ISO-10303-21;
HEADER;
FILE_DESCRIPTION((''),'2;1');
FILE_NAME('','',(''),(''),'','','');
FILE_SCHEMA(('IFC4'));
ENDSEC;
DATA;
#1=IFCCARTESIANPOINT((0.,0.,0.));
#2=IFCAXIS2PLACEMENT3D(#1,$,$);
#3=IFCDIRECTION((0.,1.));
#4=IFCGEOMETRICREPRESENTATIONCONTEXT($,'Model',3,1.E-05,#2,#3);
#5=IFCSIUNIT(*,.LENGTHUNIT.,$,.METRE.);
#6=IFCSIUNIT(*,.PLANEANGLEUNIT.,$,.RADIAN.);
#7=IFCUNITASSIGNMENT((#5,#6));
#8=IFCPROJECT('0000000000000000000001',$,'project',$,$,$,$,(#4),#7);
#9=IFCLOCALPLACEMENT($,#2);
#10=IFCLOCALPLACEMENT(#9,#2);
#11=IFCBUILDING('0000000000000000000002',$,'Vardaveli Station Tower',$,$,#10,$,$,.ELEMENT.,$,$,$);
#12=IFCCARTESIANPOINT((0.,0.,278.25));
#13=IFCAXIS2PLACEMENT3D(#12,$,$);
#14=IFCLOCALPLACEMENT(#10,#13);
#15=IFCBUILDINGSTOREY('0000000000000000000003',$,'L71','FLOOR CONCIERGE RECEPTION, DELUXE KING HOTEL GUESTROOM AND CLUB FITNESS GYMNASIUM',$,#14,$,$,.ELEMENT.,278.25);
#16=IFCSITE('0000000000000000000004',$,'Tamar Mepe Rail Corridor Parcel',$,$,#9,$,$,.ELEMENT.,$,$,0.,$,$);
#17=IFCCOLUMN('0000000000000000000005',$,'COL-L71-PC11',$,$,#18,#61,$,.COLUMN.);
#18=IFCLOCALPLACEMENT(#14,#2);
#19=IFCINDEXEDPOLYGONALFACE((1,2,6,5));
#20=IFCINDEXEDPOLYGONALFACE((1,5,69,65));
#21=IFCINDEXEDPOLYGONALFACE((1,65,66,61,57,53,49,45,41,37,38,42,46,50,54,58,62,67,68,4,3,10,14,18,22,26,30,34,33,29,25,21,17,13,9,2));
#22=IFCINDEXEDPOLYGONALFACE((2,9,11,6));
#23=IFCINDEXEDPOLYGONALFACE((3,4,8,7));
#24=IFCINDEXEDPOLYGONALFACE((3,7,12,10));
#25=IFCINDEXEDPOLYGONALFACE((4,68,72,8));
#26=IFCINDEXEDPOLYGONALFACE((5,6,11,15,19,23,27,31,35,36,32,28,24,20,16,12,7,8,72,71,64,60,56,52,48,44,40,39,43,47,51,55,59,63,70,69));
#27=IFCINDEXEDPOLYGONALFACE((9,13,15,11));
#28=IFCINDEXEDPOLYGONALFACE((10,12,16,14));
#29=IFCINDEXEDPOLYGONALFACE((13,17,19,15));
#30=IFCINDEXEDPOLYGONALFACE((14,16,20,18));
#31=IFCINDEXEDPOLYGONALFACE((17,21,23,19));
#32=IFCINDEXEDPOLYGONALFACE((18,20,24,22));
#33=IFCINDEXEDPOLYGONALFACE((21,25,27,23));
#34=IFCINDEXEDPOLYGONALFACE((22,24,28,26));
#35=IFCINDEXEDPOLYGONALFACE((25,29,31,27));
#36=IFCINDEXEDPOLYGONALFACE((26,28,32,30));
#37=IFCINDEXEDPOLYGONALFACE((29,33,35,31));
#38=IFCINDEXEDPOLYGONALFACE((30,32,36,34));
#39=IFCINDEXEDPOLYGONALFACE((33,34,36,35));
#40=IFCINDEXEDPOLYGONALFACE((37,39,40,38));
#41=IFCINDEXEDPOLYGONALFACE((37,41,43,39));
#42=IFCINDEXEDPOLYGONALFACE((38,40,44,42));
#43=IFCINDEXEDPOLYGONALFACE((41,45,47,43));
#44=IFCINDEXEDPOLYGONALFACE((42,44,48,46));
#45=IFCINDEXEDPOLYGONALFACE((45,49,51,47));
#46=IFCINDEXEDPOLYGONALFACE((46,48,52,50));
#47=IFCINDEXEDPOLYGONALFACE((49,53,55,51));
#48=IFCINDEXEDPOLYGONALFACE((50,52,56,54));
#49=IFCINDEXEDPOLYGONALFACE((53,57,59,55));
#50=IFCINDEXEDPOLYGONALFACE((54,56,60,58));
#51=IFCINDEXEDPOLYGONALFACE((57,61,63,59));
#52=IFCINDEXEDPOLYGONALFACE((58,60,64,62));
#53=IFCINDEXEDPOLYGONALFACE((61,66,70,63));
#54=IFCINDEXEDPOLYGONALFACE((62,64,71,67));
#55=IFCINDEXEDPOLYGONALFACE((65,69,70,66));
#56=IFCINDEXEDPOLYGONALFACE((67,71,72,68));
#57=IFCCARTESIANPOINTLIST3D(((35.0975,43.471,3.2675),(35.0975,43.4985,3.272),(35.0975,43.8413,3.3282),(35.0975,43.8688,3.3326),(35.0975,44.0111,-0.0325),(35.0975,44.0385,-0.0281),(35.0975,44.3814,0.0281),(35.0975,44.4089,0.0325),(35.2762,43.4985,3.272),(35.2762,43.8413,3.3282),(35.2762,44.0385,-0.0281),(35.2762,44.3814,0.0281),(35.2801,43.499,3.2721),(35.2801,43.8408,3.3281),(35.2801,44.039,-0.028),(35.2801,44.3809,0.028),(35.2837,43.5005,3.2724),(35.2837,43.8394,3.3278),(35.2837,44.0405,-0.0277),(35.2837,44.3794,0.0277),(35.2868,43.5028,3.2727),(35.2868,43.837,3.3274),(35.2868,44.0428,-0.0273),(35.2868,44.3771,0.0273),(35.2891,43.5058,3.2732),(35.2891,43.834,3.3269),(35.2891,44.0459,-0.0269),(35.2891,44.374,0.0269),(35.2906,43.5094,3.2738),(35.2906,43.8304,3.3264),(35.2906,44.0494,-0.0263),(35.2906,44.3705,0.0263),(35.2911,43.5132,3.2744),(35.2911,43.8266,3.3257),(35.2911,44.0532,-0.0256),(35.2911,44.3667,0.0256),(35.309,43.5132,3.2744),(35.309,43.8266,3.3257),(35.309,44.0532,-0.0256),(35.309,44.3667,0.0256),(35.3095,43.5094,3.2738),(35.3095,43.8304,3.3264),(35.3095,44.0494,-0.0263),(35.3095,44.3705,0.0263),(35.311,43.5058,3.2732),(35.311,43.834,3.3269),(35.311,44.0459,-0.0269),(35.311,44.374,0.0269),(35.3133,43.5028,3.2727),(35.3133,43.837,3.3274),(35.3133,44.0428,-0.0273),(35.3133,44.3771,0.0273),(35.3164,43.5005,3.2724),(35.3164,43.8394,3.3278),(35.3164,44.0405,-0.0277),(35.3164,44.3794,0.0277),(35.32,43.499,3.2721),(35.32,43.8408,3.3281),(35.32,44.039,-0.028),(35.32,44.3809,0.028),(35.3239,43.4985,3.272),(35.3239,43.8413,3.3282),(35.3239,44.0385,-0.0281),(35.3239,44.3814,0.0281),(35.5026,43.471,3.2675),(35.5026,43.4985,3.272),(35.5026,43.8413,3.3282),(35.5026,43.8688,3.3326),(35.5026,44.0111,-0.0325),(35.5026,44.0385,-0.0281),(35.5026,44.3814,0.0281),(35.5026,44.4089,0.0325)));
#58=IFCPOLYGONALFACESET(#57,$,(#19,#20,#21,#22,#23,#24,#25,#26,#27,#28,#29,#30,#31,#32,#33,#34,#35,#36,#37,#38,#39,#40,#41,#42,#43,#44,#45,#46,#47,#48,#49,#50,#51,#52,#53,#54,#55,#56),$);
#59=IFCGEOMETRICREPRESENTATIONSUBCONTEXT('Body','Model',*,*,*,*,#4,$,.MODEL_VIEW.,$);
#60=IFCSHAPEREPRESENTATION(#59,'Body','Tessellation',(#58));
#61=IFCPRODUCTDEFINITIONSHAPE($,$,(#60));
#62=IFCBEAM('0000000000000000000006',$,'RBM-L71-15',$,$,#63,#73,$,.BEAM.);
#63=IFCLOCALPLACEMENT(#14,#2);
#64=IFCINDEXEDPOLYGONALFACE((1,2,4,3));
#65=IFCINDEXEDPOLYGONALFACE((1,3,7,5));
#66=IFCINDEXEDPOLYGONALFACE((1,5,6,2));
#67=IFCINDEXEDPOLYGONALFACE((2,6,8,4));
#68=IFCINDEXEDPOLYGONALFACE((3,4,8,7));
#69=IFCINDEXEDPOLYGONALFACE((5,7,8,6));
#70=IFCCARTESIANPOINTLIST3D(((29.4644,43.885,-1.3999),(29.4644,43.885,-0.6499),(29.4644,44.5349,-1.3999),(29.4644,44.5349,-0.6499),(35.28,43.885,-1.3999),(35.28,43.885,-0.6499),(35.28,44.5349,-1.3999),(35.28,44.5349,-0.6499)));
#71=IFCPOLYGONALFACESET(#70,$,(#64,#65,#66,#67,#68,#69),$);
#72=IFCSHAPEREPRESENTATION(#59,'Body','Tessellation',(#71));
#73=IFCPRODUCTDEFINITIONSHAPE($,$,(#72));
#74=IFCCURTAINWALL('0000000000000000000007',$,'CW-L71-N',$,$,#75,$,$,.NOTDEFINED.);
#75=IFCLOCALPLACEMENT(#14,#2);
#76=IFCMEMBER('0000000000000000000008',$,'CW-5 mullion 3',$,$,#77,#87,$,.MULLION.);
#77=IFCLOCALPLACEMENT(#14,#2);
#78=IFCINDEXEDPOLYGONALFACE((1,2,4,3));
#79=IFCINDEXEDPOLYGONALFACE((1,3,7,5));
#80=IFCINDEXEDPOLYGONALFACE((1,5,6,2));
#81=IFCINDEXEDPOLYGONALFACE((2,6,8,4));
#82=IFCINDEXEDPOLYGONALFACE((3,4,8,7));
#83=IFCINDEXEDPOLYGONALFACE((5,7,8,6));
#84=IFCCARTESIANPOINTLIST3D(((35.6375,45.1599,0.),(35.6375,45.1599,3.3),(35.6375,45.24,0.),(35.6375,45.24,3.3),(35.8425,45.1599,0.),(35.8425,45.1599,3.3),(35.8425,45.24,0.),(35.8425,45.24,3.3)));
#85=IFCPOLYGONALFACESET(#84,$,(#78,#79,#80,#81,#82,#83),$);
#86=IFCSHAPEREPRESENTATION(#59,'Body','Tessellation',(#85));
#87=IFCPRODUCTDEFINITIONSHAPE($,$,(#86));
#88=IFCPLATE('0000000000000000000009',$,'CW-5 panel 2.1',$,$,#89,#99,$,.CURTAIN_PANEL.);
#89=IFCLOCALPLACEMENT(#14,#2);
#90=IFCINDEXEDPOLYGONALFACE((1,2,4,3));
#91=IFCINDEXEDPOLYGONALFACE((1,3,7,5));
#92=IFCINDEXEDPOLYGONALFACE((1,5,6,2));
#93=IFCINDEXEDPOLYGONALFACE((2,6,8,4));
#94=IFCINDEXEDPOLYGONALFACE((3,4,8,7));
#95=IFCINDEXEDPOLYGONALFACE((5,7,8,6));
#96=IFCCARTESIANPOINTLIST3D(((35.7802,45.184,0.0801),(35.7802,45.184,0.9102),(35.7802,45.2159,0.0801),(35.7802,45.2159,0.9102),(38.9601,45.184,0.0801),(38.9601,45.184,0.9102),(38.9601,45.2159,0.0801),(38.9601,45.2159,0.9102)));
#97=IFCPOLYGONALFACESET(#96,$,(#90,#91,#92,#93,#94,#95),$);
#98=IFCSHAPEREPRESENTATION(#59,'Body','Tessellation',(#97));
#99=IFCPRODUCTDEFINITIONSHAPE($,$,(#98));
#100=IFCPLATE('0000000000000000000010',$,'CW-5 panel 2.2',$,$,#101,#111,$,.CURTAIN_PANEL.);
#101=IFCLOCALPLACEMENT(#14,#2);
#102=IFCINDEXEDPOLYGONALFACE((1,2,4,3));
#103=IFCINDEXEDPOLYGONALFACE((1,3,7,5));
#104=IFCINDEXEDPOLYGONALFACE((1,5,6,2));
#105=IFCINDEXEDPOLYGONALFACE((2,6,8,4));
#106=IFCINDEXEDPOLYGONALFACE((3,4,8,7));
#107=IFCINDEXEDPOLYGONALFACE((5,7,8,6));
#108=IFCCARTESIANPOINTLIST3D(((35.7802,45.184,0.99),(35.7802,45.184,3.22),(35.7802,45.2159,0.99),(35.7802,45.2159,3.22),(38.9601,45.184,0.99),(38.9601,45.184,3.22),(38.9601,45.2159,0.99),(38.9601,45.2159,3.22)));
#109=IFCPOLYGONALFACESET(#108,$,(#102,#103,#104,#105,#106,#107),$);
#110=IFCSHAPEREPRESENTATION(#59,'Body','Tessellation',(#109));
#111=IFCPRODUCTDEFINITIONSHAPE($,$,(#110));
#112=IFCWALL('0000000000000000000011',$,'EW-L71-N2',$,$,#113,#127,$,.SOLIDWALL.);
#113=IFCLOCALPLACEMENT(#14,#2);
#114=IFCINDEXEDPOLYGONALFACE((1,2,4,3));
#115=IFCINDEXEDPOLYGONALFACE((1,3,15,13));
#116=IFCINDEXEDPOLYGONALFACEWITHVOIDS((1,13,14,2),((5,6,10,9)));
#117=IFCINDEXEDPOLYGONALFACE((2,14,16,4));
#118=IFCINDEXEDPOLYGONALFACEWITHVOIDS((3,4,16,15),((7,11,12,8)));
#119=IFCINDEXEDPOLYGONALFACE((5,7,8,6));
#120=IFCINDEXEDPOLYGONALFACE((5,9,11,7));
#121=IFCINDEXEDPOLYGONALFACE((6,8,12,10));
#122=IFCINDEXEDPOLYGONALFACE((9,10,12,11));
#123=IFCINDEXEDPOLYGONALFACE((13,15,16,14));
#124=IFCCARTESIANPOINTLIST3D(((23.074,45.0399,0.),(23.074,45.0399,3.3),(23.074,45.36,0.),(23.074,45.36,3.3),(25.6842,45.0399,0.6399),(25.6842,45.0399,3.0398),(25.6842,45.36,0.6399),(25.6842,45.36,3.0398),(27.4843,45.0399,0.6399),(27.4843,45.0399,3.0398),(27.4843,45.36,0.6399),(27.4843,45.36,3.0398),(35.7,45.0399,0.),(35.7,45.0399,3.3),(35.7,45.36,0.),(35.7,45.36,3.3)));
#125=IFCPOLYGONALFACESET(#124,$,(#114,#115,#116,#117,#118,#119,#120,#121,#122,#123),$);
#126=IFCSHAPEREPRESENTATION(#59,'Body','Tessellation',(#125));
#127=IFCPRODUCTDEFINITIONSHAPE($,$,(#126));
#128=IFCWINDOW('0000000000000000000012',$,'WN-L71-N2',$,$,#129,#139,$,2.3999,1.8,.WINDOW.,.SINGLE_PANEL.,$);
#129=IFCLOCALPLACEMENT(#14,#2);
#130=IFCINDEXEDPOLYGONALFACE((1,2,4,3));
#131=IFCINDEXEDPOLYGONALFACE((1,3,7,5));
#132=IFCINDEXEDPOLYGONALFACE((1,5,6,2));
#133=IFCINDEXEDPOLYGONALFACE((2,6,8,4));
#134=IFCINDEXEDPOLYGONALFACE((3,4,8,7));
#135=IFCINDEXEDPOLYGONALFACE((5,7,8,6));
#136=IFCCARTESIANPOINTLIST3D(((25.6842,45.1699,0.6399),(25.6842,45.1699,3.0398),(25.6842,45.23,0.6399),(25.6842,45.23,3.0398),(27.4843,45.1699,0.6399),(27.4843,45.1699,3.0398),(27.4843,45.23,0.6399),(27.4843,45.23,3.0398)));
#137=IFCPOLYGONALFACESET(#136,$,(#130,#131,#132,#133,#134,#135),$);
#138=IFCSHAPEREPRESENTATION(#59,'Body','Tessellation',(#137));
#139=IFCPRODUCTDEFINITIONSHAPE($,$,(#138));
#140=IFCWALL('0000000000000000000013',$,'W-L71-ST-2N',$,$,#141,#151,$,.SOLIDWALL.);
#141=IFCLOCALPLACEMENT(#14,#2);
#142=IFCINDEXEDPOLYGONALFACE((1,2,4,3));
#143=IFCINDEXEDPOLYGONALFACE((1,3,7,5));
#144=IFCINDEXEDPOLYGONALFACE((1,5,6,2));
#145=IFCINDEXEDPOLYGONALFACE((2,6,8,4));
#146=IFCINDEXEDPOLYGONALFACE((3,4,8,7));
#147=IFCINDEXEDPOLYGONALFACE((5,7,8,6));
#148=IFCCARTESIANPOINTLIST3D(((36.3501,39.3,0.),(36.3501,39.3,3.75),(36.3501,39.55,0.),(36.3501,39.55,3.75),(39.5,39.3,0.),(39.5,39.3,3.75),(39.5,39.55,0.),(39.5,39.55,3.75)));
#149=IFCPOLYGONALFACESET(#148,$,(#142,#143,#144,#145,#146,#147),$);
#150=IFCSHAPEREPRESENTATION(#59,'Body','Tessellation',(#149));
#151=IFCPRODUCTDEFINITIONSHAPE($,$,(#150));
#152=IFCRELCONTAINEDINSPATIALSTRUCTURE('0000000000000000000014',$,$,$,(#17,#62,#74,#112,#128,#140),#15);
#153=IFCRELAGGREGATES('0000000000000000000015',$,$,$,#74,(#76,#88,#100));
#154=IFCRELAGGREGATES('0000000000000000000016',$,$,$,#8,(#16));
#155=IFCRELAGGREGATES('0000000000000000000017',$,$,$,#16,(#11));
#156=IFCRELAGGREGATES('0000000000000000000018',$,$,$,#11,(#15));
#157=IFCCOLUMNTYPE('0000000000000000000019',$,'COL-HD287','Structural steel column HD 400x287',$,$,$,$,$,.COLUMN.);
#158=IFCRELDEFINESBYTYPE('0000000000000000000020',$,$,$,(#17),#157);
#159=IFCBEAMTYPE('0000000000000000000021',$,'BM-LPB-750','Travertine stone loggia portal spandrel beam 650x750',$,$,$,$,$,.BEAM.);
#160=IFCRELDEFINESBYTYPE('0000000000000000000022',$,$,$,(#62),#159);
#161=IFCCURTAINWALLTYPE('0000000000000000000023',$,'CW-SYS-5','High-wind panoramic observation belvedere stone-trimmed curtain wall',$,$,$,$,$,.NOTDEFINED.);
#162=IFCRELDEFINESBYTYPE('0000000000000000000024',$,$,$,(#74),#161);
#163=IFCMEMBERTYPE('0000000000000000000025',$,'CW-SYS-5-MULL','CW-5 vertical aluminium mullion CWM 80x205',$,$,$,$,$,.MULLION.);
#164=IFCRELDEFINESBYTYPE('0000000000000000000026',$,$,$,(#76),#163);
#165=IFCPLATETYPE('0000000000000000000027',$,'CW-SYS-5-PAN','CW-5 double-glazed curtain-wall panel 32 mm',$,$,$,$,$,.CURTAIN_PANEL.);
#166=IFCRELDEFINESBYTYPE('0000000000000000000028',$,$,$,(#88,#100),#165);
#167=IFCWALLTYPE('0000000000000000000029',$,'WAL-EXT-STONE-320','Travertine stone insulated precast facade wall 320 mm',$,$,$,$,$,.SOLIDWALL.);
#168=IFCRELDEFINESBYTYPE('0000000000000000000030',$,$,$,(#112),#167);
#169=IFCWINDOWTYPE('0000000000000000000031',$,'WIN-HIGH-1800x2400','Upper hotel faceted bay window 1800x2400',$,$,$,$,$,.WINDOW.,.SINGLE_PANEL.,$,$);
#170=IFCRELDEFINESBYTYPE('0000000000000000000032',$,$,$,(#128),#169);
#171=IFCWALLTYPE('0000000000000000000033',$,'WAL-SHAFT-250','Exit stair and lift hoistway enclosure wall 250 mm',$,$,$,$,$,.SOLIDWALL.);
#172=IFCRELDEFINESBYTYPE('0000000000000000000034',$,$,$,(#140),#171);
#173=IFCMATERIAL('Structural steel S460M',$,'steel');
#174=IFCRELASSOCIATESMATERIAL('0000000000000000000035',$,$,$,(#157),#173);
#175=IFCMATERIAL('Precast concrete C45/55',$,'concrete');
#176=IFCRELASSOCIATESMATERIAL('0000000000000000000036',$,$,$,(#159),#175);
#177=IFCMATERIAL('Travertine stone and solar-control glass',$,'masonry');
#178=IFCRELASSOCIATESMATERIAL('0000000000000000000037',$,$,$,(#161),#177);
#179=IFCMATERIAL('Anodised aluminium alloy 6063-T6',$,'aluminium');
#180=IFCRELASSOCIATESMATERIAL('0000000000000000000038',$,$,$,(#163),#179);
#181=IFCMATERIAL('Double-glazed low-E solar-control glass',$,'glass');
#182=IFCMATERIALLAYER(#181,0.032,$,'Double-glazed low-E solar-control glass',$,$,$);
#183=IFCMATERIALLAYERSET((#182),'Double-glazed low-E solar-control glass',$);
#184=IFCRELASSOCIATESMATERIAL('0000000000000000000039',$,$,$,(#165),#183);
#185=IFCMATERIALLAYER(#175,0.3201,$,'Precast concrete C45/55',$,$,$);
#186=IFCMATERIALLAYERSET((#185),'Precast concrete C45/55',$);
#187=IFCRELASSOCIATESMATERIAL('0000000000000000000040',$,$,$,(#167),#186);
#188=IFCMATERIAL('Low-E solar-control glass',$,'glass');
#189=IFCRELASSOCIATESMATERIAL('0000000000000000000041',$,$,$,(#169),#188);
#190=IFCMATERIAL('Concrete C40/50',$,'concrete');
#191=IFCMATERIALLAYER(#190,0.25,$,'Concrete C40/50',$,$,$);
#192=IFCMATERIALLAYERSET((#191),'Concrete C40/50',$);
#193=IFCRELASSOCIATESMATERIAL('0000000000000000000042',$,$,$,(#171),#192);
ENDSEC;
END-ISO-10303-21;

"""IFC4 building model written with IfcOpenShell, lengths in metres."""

from ifc_helpers import new_model, si_unit, direction, frame, frame_2d, origin, origin_2d, place, context, subcontext, project, spatial, rectangle, i_section, extrude, source, transform, mapped, material, layer, layer_set, material_profile, profile_set, type_object, element, fill, aggregate, save


model = new_model("IFC4")

# Units and contexts
model_context = context("Model", 3, precision=1e-05, world=origin(), true_north=direction((0.0, 1.0)))
body_context = subcontext(model_context, "Body", "Model", "MODEL_VIEW")
ifc_project = project(units=[si_unit("LENGTHUNIT", "METRE"), si_unit("PLANEANGLEUNIT", "RADIAN")], contexts=[model_context])

# Site, building, storey
site_placement = place(None, origin())
site = spatial("IfcSite", under=ifc_project, at=site_placement, Name="Tamar Mepe Rail Corridor Parcel", CompositionType="ELEMENT", RefElevation=0.0)
building_placement = place(site_placement, origin())
building = spatial("IfcBuilding", under=site, at=building_placement, Name="Vardaveli Station Tower", CompositionType="ELEMENT")
storey_placement = place(building_placement, frame((0.0, 0.0, 278.25)))
storey = spatial("IfcBuildingStorey", under=building, at=storey_placement, Name="L71", Description="FLOOR CONCIERGE RECEPTION, DELUXE KING HOTEL GUESTROOM AND CLUB FITNESS GYMNASIUM", CompositionType="ELEMENT", Elevation=278.25)

# Column
ifc_material_1 = material(Name="Structural steel S460M", Category="steel")
ifc_material_profile_1 = material_profile(ifc_material_1, i_section(OverallWidth=0.405, OverallDepth=0.4031, WebThickness=0.0178, FlangeThickness=0.0278, FilletRadius=0.0149, at=origin_2d()), Name="HD 400x287")
ifc_profile_set_1 = profile_set([ifc_material_profile_1], Name="Structural steel S460M")
column_type = type_object("IfcColumnType", Name="COL-HD287", Description="Structural steel column HD 400x287", PredefinedType="COLUMN", material=ifc_profile_set_1)
shared_shape_1 = source(origin(), body_context, "Body", "SweptSolid", [
    extrude(i_section(OverallWidth=0.405, OverallDepth=0.4031, WebThickness=0.0178, FlangeThickness=0.0278, FilletRadius=0.0149, at=origin_2d()), origin(), (0.0, 0.0, 1.0), 3.344),
])
column_placement = place(storey_placement, frame((35.3, 44.21, 0.0), z_axis=(0.0, -0.161498, 0.986873), x_axis=(1.0, 0.0, 0.0)))
element("IfcColumn", 1, at=column_placement, inside=storey, type_object=column_type, Name="COL-L71-PC11", PredefinedType="COLUMN", context=body_context, shape_type="MappedRepresentation", body=[
    mapped(shared_shape_1, transform((0.0, 0.0, 0.0), scale=1.0)),
])

# Beam
ifc_material_2 = material(Name="Precast concrete C45/55", Category="concrete")
ifc_material_profile_2 = material_profile(ifc_material_2, rectangle(XDim=0.6499, YDim=0.75, at=origin_2d()), Name="LPB 650x750")
ifc_profile_set_2 = profile_set([ifc_material_profile_2], Name="Precast concrete C45/55")
beam_type = type_object("IfcBeamType", Name="BM-LPB-750", Description="Travertine stone loggia portal spandrel beam 650x750", PredefinedType="BEAM", material=ifc_profile_set_2)
shared_shape_2 = source(origin(), body_context, "Body", "SweptSolid", [
    extrude(rectangle(XDim=0.6499, YDim=0.75, at=origin_2d()), origin(), (0.0, 0.0, 1.0), 5.8157),
])
beam_placement = place(storey_placement, frame((35.28, 44.21, -1.0249), z_axis=(-1.0, 0.0, 0.0), x_axis=(0.0, -1.0, 0.0)))
element("IfcBeam", 2, at=beam_placement, inside=storey, type_object=beam_type, Name="RBM-L71-15", PredefinedType="BEAM", context=body_context, shape_type="MappedRepresentation", body=[
    mapped(shared_shape_2, transform((0.0, 0.0, 0.0), scale=1.0)),
])

# Curtain wall, member, plates
ifc_material_3 = material(Name="Travertine stone and solar-control glass", Category="masonry")
curtain_wall_type = type_object("IfcCurtainWallType", Name="CW-SYS-5", Description="High-wind panoramic observation belvedere stone-trimmed curtain wall", PredefinedType="NOTDEFINED", material=ifc_material_3)
curtain_wall_placement = place(storey_placement, origin())
curtain_wall = element("IfcCurtainWall", 3, at=curtain_wall_placement, inside=storey, type_object=curtain_wall_type, Name="CW-L71-N", PredefinedType="NOTDEFINED")
ifc_material_4 = material(Name="Anodised aluminium alloy 6063-T6", Category="aluminium")
ifc_material_profile_3 = material_profile(ifc_material_4, rectangle(XDim=0.0801, YDim=0.2051, at=origin_2d()), Name="CWM 80x205")
ifc_profile_set_3 = profile_set([ifc_material_profile_3], Name="Anodised aluminium alloy 6063-T6")
member_type = type_object("IfcMemberType", Name="CW-SYS-5-MULL", Description="CW-5 vertical aluminium mullion CWM 80x205", PredefinedType="MULLION", material=ifc_profile_set_3)
shared_shape_3 = source(origin(), body_context, "Body", "SweptSolid", [
    extrude(rectangle(XDim=0.0801, YDim=0.2051, at=origin_2d()), origin(), (0.0, 0.0, 1.0), 3.3),
])
member_placement = place(storey_placement, frame((35.74, 45.2, 0.0), z_axis=(0.0, 0.0, 1.0), x_axis=(0.0, -1.0, 0.0)))
member = element("IfcMember", 4, at=member_placement, type_object=member_type, Name="CW-5 mullion 3", PredefinedType="MULLION", context=body_context, shape_type="MappedRepresentation", body=[
    mapped(shared_shape_3, transform((0.0, 0.0, 0.0), scale=1.0)),
])
ifc_material_5 = material(Name="Double-glazed low-E solar-control glass", Category="glass")
ifc_layer_1 = layer(ifc_material_5, 0.032, Name="Double-glazed low-E solar-control glass")
ifc_layer_set_1 = layer_set([ifc_layer_1], Name="Double-glazed low-E solar-control glass")
plate_type = type_object("IfcPlateType", Name="CW-SYS-5-PAN", Description="CW-5 double-glazed curtain-wall panel 32 mm", PredefinedType="CURTAIN_PANEL", material=ifc_layer_set_1)
shared_shape_4 = source(origin(), body_context, "Body", "SweptSolid", [
    extrude(rectangle(XDim=3.1799, YDim=0.032, at=origin_2d()), origin(), (0.0, 0.0, 1.0), 0.8301),
])
plate_1_placement = place(storey_placement, frame((37.3701, 45.2, 0.0801), z_axis=(0.0, 0.0, 1.0), x_axis=(-1.0, 0.0, 0.0)))
plate_1 = element("IfcPlate", 5, at=plate_1_placement, type_object=plate_type, Name="CW-5 panel 2.1", PredefinedType="CURTAIN_PANEL", context=body_context, shape_type="MappedRepresentation", body=[
    mapped(shared_shape_4, transform((0.0, 0.0, 0.0), scale=1.0)),
])
shared_shape_5 = source(origin(), body_context, "Body", "SweptSolid", [
    extrude(rectangle(XDim=3.1799, YDim=0.032, at=origin_2d()), origin(), (0.0, 0.0, 1.0), 2.23),
])
plate_2_placement = place(storey_placement, frame((37.3701, 45.2, 0.99), z_axis=(0.0, 0.0, 1.0), x_axis=(-1.0, 0.0, 0.0)))
plate_2 = element("IfcPlate", 6, at=plate_2_placement, type_object=plate_type, Name="CW-5 panel 2.2", PredefinedType="CURTAIN_PANEL", context=body_context, shape_type="MappedRepresentation", body=[
    mapped(shared_shape_5, transform((0.0, 0.0, 0.0), scale=1.0)),
])
aggregate(curtain_wall, [member, plate_1, plate_2])

# Wall, opening, window
ifc_layer_2 = layer(ifc_material_2, 0.3201, Name="Precast concrete C45/55")
ifc_layer_set_2 = layer_set([ifc_layer_2], Name="Precast concrete C45/55")
wall_type_1 = type_object("IfcWallType", Name="WAL-EXT-STONE-320", Description="Travertine stone insulated precast facade wall 320 mm", PredefinedType="SOLIDWALL", material=ifc_layer_set_2)
shared_shape_6 = source(origin(), body_context, "Body", "SweptSolid", [
    extrude(rectangle(XDim=12.626, YDim=0.3201, at=frame_2d((6.313, 0.0))), origin(), (0.0, 0.0, 1.0), 3.3),
])
wall_1_placement = place(storey_placement, frame((35.7, 45.2, 0.0), z_axis=(0.0, 0.0, 1.0), x_axis=(-1.0, 0.0, 0.0)))
wall_1 = element("IfcWall", 7, at=wall_1_placement, inside=storey, type_object=wall_type_1, Name="EW-L71-N2", PredefinedType="SOLIDWALL", context=body_context, shape_type="MappedRepresentation", body=[
    mapped(shared_shape_6, transform((0.0, 0.0, 0.0), scale=1.0)),
])
shared_shape_7 = source(origin(), body_context, "Body", "SweptSolid", [
    extrude(rectangle(XDim=1.8, YDim=2.3999, at=frame_2d((0.8999, 1.2))), frame((0.0, 0.1699, 0.0), z_axis=(0.0, -1.0, 0.0), x_axis=(1.0, 0.0, 0.0)), (0.0, 0.0, 1.0), 0.3401),
])
opening_1_placement = place(wall_1_placement, frame((8.2158, 0.0, 0.6399)))
opening_1 = element("IfcOpeningElement", 8, at=opening_1_placement, cuts=wall_1, PredefinedType="OPENING", context=body_context, shape_type="MappedRepresentation", body=[
    mapped(shared_shape_7, transform((0.0, 0.0, 0.0), scale=1.0)),
])
ifc_material_6 = material(Name="Low-E solar-control glass", Category="glass")
window_type = type_object("IfcWindowType", Name="WIN-HIGH-1800x2400", Description="Upper hotel faceted bay window 1800x2400", PartitioningType="SINGLE_PANEL", PredefinedType="WINDOW", material=ifc_material_6)
shared_shape_8 = source(origin(), body_context, "Body", "SweptSolid", [
    extrude(rectangle(XDim=1.8, YDim=2.3999, at=frame_2d((0.8999, 1.2))), frame((0.0, 0.03, 0.0), z_axis=(0.0, -1.0, 0.0), x_axis=(1.0, 0.0, 0.0)), (0.0, 0.0, 1.0), 0.0601),
])
window_placement = place(opening_1_placement, origin())
window = element("IfcWindow", 9, at=window_placement, inside=storey, type_object=window_type, Name="WN-L71-N2", OverallHeight=2.3999, OverallWidth=1.8, PartitioningType="SINGLE_PANEL", PredefinedType="WINDOW", context=body_context, shape_type="MappedRepresentation", body=[
    mapped(shared_shape_8, transform((0.0, 0.0, 0.0), scale=1.0)),
])
fill(opening_1, window)

# Wall
ifc_material_7 = material(Name="Concrete C40/50", Category="concrete")
ifc_layer_3 = layer(ifc_material_7, 0.25, Name="Concrete C40/50")
ifc_layer_set_3 = layer_set([ifc_layer_3], Name="Concrete C40/50")
wall_type_2 = type_object("IfcWallType", Name="WAL-SHAFT-250", Description="Exit stair and lift hoistway enclosure wall 250 mm", PredefinedType="SOLIDWALL", material=ifc_layer_set_3)
shared_shape_9 = source(origin(), body_context, "Body", "SweptSolid", [
    extrude(rectangle(XDim=3.1499, YDim=0.25, at=frame_2d((1.575, 0.0))), origin(), (0.0, 0.0, 1.0), 3.75),
])
wall_2_placement = place(storey_placement, frame((36.3501, 39.425, 0.0), z_axis=(0.0, 0.0, 1.0), x_axis=(1.0, 0.0, 0.0)))
element("IfcWall", 10, at=wall_2_placement, inside=storey, type_object=wall_type_2, Name="W-L71-ST-2N", PredefinedType="SOLIDWALL", context=body_context, shape_type="MappedRepresentation", body=[
    mapped(shared_shape_9, transform((0.0, 0.0, 0.0), scale=1.0)),
])

save(model, "model.ifc")
